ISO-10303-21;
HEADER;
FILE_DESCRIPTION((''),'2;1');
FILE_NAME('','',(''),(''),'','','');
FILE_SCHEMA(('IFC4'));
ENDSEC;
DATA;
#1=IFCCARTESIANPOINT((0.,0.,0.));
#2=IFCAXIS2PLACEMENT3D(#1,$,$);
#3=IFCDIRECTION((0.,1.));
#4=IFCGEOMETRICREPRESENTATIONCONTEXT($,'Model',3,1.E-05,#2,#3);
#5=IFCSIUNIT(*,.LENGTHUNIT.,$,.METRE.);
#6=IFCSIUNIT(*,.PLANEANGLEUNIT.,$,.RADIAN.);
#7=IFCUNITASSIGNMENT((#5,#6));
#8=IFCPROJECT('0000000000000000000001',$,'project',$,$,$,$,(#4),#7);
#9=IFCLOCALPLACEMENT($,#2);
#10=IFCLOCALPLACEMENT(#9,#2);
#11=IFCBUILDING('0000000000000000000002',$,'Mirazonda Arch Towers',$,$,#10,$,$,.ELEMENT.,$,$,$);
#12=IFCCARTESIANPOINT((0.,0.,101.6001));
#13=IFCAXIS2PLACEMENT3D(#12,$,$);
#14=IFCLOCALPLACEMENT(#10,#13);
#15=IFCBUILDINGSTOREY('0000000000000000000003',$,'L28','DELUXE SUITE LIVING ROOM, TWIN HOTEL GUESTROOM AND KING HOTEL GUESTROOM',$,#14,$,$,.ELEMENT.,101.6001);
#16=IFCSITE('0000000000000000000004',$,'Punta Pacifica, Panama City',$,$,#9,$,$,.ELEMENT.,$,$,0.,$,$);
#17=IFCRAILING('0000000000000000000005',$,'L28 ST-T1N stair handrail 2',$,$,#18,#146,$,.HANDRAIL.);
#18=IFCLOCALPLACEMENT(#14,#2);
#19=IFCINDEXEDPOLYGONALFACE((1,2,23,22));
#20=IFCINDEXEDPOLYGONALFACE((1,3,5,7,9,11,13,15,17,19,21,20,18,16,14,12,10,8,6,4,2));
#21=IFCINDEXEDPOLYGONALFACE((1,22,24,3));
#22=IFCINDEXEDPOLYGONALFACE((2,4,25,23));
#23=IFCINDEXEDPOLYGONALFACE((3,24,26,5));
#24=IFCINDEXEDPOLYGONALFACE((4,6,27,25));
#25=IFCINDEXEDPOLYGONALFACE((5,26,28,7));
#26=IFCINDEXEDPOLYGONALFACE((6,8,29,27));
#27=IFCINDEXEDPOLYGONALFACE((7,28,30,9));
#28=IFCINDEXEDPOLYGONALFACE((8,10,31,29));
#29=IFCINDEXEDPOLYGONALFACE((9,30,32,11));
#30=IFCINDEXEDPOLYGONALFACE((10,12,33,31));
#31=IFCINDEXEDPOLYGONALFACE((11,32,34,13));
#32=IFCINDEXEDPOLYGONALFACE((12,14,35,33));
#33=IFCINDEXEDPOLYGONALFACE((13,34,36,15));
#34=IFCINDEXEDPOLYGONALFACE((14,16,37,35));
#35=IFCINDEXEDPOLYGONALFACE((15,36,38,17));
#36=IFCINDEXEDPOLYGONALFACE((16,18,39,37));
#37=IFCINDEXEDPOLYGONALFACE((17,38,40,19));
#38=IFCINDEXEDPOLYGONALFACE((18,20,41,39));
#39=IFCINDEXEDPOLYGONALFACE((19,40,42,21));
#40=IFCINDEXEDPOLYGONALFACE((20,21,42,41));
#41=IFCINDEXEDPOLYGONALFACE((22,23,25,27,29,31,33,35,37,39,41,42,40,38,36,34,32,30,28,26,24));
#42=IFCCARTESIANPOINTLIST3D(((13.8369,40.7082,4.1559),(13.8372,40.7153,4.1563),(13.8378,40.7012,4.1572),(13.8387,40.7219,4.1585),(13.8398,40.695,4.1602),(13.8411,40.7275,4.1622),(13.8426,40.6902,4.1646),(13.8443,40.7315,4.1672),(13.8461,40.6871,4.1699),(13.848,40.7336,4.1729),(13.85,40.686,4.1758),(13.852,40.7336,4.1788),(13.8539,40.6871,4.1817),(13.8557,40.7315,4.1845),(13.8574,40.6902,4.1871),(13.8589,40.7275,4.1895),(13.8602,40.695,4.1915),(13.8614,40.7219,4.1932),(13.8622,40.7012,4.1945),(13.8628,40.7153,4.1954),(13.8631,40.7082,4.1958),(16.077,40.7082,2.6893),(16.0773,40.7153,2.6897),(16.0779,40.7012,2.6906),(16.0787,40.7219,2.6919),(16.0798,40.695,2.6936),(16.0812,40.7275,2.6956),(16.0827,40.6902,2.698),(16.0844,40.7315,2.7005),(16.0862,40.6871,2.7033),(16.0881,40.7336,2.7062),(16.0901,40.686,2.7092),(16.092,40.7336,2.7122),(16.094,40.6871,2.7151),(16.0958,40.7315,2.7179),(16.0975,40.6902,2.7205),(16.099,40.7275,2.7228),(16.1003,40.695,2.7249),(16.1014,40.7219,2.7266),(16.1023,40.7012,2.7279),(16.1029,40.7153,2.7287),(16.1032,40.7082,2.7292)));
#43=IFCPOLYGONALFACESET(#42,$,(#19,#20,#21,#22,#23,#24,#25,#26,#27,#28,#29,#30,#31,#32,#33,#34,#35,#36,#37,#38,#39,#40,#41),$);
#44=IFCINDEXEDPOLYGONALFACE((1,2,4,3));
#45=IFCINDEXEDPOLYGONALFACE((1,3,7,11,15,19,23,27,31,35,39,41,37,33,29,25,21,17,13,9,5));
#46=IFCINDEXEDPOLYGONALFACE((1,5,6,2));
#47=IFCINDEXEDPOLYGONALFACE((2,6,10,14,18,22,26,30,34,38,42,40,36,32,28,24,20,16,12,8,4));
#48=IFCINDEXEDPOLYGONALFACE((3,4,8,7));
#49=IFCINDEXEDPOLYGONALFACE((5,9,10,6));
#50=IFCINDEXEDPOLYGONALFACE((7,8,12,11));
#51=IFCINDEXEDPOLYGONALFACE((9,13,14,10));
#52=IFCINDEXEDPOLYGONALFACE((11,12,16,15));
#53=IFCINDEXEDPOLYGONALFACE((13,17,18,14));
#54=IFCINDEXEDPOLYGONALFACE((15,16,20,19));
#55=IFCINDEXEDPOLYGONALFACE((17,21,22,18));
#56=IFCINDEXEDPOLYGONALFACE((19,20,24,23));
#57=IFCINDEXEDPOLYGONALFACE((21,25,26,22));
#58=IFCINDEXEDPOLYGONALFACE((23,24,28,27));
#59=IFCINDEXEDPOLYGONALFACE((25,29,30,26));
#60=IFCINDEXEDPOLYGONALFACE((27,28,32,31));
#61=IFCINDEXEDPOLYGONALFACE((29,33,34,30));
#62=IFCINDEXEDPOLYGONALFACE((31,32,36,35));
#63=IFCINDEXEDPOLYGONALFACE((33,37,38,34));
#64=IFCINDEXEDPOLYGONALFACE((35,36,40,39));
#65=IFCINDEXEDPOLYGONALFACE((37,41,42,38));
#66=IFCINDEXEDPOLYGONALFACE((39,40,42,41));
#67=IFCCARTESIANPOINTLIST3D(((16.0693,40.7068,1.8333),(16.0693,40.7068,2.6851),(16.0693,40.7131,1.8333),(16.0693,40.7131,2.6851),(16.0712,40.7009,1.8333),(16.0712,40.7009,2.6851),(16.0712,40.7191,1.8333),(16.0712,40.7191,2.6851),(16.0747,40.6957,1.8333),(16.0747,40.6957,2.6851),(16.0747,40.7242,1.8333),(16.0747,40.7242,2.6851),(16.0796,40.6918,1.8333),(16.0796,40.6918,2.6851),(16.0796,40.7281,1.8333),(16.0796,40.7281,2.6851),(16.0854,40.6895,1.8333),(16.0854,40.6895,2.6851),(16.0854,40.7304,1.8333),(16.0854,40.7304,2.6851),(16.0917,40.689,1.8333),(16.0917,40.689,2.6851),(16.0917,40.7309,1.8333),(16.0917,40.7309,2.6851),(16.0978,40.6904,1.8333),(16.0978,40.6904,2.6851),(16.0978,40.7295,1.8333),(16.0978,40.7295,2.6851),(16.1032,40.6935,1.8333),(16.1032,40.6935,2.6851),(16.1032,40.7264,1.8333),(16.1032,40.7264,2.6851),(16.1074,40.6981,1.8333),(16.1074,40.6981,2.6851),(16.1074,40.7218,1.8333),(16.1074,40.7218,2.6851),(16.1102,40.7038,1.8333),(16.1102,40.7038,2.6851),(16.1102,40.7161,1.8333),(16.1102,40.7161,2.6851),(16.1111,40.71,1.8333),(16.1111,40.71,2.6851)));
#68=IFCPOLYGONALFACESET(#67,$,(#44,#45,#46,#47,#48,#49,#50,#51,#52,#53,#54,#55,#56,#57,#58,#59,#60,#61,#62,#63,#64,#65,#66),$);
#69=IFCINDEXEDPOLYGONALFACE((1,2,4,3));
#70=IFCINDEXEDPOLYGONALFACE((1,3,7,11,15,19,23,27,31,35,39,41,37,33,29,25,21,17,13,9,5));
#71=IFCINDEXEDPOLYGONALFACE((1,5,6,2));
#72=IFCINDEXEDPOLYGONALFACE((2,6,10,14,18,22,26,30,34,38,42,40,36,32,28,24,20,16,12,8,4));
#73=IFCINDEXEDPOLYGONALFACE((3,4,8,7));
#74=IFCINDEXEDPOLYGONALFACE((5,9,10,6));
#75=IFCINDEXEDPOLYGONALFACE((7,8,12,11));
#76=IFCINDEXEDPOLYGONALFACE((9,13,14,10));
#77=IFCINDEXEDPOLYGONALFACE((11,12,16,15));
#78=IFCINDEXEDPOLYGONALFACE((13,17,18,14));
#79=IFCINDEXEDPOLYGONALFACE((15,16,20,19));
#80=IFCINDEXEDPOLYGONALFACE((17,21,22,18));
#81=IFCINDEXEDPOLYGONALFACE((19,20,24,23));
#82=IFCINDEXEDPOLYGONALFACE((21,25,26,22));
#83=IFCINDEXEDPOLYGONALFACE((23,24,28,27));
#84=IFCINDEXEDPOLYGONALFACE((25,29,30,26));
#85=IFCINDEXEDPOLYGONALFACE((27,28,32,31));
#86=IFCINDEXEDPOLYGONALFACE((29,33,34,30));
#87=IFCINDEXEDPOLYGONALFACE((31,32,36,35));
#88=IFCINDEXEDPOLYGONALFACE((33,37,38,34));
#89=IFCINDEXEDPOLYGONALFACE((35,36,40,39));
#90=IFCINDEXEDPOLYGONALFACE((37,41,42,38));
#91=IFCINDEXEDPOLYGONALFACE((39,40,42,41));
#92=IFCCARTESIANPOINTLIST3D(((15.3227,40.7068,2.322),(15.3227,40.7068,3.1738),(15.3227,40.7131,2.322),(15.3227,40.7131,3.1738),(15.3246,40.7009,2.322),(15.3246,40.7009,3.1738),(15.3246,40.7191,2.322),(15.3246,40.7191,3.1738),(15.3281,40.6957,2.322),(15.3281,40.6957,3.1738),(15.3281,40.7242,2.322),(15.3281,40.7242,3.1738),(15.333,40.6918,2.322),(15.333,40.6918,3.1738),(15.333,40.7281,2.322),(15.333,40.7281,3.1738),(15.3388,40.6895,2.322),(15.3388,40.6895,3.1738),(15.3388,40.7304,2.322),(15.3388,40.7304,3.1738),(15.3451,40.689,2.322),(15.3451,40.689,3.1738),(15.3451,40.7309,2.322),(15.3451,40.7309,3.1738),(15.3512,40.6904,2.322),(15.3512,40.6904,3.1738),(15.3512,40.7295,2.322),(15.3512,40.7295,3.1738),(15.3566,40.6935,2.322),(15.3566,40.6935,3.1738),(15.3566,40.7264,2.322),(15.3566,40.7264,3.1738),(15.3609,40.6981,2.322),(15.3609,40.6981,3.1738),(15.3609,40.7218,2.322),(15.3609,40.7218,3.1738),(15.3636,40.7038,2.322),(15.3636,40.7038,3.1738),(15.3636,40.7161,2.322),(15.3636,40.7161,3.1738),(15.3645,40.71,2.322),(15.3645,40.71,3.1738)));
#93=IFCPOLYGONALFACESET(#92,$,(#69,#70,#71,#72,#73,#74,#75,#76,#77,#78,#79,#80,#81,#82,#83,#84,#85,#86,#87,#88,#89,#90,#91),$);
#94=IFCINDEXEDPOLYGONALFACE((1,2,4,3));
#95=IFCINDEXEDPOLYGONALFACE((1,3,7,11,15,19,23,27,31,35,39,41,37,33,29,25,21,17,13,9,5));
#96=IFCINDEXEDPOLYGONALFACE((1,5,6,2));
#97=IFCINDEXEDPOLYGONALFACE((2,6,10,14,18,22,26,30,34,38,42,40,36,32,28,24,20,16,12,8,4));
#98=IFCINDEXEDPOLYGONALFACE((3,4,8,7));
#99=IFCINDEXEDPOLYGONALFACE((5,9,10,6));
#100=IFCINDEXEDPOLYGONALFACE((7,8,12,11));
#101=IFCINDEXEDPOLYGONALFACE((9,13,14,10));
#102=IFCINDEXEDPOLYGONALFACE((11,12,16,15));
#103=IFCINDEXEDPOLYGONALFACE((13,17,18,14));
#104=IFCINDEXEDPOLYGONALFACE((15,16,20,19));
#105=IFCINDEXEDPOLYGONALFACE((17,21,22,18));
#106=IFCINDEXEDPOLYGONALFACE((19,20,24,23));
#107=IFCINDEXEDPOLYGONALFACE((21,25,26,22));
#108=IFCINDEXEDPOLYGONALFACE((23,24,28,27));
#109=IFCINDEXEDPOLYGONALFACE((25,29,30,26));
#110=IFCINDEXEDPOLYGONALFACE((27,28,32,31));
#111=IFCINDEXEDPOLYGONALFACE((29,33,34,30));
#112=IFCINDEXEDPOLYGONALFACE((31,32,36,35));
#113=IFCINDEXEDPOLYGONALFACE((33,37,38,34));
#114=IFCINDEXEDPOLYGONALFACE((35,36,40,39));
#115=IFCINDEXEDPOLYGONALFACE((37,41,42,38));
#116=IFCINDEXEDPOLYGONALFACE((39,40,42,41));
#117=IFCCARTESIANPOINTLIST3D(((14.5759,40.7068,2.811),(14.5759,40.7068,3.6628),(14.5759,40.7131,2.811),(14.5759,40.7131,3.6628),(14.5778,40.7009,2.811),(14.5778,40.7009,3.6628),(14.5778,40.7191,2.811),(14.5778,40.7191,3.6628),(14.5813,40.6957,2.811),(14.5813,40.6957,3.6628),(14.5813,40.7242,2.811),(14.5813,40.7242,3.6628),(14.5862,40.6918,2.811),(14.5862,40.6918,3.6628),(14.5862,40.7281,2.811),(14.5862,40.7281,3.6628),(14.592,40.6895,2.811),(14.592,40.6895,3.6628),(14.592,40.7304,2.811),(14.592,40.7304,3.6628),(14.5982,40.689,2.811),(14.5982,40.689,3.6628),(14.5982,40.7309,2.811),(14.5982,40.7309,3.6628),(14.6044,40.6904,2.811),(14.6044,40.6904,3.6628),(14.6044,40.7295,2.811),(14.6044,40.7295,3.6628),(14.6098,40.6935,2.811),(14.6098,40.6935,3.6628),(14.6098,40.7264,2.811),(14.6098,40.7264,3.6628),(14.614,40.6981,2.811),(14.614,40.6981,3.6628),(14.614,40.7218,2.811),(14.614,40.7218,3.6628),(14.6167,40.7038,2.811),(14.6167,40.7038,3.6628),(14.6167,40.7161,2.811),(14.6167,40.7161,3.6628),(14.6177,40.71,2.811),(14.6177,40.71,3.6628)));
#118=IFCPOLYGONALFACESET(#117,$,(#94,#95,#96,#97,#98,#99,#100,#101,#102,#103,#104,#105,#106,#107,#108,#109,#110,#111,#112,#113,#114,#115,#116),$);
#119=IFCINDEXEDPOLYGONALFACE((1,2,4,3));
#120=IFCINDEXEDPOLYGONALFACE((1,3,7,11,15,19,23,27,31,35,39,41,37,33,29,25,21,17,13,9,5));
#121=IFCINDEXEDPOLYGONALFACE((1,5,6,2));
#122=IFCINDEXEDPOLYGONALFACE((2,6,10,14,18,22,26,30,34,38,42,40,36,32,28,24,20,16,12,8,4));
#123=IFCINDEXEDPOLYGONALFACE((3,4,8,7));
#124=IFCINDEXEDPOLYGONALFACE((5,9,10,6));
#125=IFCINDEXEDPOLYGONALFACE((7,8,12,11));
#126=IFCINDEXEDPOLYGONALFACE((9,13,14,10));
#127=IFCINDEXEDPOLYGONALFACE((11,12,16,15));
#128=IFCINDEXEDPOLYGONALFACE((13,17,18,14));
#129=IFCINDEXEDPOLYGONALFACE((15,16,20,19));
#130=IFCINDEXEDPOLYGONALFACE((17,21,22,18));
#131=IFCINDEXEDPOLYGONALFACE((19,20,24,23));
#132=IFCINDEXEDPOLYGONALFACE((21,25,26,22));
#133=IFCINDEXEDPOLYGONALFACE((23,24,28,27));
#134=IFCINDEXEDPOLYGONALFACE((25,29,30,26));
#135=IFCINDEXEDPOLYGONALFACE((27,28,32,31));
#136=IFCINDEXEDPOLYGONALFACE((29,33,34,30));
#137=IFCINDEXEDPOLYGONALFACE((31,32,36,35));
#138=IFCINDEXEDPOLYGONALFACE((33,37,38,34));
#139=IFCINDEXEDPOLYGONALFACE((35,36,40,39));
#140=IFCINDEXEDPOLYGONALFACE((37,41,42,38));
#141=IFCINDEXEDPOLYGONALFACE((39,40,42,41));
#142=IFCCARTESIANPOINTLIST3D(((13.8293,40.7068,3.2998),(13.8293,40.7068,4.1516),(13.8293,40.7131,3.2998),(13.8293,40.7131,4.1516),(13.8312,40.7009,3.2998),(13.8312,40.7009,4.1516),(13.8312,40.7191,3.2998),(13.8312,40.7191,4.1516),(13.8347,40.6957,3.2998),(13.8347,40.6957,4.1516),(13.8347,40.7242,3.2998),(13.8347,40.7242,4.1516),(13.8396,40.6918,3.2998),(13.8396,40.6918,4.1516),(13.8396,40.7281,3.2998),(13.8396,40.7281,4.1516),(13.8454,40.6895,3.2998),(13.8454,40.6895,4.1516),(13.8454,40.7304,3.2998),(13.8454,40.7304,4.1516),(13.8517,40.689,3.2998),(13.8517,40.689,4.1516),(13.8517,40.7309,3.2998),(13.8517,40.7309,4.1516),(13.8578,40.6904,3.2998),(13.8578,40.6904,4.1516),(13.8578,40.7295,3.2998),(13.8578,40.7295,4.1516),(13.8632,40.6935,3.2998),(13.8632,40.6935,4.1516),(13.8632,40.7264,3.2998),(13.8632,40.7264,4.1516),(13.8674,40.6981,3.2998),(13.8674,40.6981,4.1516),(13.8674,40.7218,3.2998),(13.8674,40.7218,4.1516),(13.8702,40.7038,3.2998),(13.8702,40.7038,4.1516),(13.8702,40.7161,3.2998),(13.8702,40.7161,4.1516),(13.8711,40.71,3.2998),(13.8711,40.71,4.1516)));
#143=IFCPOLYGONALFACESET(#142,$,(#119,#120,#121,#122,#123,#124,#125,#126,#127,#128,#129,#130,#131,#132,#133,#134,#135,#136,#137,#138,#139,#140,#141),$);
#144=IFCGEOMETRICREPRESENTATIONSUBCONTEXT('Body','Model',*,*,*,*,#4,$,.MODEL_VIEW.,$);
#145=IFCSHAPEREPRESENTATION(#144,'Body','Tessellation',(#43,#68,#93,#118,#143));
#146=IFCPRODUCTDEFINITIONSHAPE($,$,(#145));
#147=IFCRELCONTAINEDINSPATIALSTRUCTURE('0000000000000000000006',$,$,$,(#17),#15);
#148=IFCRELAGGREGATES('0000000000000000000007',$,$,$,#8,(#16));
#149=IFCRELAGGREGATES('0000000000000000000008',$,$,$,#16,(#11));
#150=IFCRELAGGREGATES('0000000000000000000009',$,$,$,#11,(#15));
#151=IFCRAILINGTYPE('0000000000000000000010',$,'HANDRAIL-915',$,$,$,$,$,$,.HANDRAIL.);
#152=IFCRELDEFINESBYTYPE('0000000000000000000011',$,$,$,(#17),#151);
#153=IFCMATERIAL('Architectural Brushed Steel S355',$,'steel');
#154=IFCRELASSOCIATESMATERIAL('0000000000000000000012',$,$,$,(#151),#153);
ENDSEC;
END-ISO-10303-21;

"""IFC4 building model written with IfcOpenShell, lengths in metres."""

from ifc_helpers import new_model, si_unit, direction, frame, origin, origin_2d, place, context, subcontext, project, spatial, circle, extrude, material, type_object, element, save


model = new_model("IFC4")

# Units and contexts
model_context = context("Model", 3, precision=1e-05, world=origin(), true_north=direction((0.0, 1.0)))
body_context = subcontext(model_context, "Body", "Model", "MODEL_VIEW")
ifc_project = project(units=[si_unit("LENGTHUNIT", "METRE"), si_unit("PLANEANGLEUNIT", "RADIAN")], contexts=[model_context])

# Site, building, storey
site_placement = place(None, origin())
site = spatial("IfcSite", under=ifc_project, at=site_placement, Name="Punta Pacifica, Panama City", CompositionType="ELEMENT", RefElevation=0.0)
building_placement = place(site_placement, origin())
building = spatial("IfcBuilding", under=site, at=building_placement, Name="Mirazonda Arch Towers", CompositionType="ELEMENT")
storey_placement = place(building_placement, frame((0.0, 0.0, 101.6001)))
storey = spatial("IfcBuildingStorey", under=building, at=storey_placement, Name="L28", Description="DELUXE SUITE LIVING ROOM, TWIN HOTEL GUESTROOM AND KING HOTEL GUESTROOM", CompositionType="ELEMENT", Elevation=101.6001)

# Shared definitions
ifc_material_1 = material(Name="Architectural Brushed Steel S355", Category="steel")

# Railing
railing_type_1 = type_object("IfcRailingType", Name="HANDRAIL-915", PredefinedType="HANDRAIL", material=ifc_material_1)
railing_1_placement = place(storey_placement, frame((16.0901, 40.71, 1.8333)))
element("IfcRailing", 1, at=railing_1_placement, inside=storey, type_object=railing_type_1, Name="L28 ST-T1N stair handrail 2", PredefinedType="HANDRAIL", context=body_context, shape_type="SweptSolid", body=[
    extrude(circle(Radius=0.0239, at=origin_2d()), frame((0.0, 0.0, 0.876), z_axis=(-0.836637, 0.0, 0.547758), x_axis=(0.0, -1.0, 0.0)), (0.0, 0.0, 1.0), 2.6775),
    extrude(circle(Radius=0.021, at=origin_2d()), origin(), (0.0, 0.0, 1.0), 0.8518),
    extrude(circle(Radius=0.021, at=origin_2d()), frame((-0.7466, 0.0, 0.4888)), (0.0, 0.0, 1.0), 0.8518),
    extrude(circle(Radius=0.021, at=origin_2d()), frame((-1.4934, 0.0, 0.9778)), (0.0, 0.0, 1.0), 0.8518),
    extrude(circle(Radius=0.021, at=origin_2d()), frame((-2.24, 0.0, 1.4666)), (0.0, 0.0, 1.0), 0.8518),
])

save(model, "model.ifc")
